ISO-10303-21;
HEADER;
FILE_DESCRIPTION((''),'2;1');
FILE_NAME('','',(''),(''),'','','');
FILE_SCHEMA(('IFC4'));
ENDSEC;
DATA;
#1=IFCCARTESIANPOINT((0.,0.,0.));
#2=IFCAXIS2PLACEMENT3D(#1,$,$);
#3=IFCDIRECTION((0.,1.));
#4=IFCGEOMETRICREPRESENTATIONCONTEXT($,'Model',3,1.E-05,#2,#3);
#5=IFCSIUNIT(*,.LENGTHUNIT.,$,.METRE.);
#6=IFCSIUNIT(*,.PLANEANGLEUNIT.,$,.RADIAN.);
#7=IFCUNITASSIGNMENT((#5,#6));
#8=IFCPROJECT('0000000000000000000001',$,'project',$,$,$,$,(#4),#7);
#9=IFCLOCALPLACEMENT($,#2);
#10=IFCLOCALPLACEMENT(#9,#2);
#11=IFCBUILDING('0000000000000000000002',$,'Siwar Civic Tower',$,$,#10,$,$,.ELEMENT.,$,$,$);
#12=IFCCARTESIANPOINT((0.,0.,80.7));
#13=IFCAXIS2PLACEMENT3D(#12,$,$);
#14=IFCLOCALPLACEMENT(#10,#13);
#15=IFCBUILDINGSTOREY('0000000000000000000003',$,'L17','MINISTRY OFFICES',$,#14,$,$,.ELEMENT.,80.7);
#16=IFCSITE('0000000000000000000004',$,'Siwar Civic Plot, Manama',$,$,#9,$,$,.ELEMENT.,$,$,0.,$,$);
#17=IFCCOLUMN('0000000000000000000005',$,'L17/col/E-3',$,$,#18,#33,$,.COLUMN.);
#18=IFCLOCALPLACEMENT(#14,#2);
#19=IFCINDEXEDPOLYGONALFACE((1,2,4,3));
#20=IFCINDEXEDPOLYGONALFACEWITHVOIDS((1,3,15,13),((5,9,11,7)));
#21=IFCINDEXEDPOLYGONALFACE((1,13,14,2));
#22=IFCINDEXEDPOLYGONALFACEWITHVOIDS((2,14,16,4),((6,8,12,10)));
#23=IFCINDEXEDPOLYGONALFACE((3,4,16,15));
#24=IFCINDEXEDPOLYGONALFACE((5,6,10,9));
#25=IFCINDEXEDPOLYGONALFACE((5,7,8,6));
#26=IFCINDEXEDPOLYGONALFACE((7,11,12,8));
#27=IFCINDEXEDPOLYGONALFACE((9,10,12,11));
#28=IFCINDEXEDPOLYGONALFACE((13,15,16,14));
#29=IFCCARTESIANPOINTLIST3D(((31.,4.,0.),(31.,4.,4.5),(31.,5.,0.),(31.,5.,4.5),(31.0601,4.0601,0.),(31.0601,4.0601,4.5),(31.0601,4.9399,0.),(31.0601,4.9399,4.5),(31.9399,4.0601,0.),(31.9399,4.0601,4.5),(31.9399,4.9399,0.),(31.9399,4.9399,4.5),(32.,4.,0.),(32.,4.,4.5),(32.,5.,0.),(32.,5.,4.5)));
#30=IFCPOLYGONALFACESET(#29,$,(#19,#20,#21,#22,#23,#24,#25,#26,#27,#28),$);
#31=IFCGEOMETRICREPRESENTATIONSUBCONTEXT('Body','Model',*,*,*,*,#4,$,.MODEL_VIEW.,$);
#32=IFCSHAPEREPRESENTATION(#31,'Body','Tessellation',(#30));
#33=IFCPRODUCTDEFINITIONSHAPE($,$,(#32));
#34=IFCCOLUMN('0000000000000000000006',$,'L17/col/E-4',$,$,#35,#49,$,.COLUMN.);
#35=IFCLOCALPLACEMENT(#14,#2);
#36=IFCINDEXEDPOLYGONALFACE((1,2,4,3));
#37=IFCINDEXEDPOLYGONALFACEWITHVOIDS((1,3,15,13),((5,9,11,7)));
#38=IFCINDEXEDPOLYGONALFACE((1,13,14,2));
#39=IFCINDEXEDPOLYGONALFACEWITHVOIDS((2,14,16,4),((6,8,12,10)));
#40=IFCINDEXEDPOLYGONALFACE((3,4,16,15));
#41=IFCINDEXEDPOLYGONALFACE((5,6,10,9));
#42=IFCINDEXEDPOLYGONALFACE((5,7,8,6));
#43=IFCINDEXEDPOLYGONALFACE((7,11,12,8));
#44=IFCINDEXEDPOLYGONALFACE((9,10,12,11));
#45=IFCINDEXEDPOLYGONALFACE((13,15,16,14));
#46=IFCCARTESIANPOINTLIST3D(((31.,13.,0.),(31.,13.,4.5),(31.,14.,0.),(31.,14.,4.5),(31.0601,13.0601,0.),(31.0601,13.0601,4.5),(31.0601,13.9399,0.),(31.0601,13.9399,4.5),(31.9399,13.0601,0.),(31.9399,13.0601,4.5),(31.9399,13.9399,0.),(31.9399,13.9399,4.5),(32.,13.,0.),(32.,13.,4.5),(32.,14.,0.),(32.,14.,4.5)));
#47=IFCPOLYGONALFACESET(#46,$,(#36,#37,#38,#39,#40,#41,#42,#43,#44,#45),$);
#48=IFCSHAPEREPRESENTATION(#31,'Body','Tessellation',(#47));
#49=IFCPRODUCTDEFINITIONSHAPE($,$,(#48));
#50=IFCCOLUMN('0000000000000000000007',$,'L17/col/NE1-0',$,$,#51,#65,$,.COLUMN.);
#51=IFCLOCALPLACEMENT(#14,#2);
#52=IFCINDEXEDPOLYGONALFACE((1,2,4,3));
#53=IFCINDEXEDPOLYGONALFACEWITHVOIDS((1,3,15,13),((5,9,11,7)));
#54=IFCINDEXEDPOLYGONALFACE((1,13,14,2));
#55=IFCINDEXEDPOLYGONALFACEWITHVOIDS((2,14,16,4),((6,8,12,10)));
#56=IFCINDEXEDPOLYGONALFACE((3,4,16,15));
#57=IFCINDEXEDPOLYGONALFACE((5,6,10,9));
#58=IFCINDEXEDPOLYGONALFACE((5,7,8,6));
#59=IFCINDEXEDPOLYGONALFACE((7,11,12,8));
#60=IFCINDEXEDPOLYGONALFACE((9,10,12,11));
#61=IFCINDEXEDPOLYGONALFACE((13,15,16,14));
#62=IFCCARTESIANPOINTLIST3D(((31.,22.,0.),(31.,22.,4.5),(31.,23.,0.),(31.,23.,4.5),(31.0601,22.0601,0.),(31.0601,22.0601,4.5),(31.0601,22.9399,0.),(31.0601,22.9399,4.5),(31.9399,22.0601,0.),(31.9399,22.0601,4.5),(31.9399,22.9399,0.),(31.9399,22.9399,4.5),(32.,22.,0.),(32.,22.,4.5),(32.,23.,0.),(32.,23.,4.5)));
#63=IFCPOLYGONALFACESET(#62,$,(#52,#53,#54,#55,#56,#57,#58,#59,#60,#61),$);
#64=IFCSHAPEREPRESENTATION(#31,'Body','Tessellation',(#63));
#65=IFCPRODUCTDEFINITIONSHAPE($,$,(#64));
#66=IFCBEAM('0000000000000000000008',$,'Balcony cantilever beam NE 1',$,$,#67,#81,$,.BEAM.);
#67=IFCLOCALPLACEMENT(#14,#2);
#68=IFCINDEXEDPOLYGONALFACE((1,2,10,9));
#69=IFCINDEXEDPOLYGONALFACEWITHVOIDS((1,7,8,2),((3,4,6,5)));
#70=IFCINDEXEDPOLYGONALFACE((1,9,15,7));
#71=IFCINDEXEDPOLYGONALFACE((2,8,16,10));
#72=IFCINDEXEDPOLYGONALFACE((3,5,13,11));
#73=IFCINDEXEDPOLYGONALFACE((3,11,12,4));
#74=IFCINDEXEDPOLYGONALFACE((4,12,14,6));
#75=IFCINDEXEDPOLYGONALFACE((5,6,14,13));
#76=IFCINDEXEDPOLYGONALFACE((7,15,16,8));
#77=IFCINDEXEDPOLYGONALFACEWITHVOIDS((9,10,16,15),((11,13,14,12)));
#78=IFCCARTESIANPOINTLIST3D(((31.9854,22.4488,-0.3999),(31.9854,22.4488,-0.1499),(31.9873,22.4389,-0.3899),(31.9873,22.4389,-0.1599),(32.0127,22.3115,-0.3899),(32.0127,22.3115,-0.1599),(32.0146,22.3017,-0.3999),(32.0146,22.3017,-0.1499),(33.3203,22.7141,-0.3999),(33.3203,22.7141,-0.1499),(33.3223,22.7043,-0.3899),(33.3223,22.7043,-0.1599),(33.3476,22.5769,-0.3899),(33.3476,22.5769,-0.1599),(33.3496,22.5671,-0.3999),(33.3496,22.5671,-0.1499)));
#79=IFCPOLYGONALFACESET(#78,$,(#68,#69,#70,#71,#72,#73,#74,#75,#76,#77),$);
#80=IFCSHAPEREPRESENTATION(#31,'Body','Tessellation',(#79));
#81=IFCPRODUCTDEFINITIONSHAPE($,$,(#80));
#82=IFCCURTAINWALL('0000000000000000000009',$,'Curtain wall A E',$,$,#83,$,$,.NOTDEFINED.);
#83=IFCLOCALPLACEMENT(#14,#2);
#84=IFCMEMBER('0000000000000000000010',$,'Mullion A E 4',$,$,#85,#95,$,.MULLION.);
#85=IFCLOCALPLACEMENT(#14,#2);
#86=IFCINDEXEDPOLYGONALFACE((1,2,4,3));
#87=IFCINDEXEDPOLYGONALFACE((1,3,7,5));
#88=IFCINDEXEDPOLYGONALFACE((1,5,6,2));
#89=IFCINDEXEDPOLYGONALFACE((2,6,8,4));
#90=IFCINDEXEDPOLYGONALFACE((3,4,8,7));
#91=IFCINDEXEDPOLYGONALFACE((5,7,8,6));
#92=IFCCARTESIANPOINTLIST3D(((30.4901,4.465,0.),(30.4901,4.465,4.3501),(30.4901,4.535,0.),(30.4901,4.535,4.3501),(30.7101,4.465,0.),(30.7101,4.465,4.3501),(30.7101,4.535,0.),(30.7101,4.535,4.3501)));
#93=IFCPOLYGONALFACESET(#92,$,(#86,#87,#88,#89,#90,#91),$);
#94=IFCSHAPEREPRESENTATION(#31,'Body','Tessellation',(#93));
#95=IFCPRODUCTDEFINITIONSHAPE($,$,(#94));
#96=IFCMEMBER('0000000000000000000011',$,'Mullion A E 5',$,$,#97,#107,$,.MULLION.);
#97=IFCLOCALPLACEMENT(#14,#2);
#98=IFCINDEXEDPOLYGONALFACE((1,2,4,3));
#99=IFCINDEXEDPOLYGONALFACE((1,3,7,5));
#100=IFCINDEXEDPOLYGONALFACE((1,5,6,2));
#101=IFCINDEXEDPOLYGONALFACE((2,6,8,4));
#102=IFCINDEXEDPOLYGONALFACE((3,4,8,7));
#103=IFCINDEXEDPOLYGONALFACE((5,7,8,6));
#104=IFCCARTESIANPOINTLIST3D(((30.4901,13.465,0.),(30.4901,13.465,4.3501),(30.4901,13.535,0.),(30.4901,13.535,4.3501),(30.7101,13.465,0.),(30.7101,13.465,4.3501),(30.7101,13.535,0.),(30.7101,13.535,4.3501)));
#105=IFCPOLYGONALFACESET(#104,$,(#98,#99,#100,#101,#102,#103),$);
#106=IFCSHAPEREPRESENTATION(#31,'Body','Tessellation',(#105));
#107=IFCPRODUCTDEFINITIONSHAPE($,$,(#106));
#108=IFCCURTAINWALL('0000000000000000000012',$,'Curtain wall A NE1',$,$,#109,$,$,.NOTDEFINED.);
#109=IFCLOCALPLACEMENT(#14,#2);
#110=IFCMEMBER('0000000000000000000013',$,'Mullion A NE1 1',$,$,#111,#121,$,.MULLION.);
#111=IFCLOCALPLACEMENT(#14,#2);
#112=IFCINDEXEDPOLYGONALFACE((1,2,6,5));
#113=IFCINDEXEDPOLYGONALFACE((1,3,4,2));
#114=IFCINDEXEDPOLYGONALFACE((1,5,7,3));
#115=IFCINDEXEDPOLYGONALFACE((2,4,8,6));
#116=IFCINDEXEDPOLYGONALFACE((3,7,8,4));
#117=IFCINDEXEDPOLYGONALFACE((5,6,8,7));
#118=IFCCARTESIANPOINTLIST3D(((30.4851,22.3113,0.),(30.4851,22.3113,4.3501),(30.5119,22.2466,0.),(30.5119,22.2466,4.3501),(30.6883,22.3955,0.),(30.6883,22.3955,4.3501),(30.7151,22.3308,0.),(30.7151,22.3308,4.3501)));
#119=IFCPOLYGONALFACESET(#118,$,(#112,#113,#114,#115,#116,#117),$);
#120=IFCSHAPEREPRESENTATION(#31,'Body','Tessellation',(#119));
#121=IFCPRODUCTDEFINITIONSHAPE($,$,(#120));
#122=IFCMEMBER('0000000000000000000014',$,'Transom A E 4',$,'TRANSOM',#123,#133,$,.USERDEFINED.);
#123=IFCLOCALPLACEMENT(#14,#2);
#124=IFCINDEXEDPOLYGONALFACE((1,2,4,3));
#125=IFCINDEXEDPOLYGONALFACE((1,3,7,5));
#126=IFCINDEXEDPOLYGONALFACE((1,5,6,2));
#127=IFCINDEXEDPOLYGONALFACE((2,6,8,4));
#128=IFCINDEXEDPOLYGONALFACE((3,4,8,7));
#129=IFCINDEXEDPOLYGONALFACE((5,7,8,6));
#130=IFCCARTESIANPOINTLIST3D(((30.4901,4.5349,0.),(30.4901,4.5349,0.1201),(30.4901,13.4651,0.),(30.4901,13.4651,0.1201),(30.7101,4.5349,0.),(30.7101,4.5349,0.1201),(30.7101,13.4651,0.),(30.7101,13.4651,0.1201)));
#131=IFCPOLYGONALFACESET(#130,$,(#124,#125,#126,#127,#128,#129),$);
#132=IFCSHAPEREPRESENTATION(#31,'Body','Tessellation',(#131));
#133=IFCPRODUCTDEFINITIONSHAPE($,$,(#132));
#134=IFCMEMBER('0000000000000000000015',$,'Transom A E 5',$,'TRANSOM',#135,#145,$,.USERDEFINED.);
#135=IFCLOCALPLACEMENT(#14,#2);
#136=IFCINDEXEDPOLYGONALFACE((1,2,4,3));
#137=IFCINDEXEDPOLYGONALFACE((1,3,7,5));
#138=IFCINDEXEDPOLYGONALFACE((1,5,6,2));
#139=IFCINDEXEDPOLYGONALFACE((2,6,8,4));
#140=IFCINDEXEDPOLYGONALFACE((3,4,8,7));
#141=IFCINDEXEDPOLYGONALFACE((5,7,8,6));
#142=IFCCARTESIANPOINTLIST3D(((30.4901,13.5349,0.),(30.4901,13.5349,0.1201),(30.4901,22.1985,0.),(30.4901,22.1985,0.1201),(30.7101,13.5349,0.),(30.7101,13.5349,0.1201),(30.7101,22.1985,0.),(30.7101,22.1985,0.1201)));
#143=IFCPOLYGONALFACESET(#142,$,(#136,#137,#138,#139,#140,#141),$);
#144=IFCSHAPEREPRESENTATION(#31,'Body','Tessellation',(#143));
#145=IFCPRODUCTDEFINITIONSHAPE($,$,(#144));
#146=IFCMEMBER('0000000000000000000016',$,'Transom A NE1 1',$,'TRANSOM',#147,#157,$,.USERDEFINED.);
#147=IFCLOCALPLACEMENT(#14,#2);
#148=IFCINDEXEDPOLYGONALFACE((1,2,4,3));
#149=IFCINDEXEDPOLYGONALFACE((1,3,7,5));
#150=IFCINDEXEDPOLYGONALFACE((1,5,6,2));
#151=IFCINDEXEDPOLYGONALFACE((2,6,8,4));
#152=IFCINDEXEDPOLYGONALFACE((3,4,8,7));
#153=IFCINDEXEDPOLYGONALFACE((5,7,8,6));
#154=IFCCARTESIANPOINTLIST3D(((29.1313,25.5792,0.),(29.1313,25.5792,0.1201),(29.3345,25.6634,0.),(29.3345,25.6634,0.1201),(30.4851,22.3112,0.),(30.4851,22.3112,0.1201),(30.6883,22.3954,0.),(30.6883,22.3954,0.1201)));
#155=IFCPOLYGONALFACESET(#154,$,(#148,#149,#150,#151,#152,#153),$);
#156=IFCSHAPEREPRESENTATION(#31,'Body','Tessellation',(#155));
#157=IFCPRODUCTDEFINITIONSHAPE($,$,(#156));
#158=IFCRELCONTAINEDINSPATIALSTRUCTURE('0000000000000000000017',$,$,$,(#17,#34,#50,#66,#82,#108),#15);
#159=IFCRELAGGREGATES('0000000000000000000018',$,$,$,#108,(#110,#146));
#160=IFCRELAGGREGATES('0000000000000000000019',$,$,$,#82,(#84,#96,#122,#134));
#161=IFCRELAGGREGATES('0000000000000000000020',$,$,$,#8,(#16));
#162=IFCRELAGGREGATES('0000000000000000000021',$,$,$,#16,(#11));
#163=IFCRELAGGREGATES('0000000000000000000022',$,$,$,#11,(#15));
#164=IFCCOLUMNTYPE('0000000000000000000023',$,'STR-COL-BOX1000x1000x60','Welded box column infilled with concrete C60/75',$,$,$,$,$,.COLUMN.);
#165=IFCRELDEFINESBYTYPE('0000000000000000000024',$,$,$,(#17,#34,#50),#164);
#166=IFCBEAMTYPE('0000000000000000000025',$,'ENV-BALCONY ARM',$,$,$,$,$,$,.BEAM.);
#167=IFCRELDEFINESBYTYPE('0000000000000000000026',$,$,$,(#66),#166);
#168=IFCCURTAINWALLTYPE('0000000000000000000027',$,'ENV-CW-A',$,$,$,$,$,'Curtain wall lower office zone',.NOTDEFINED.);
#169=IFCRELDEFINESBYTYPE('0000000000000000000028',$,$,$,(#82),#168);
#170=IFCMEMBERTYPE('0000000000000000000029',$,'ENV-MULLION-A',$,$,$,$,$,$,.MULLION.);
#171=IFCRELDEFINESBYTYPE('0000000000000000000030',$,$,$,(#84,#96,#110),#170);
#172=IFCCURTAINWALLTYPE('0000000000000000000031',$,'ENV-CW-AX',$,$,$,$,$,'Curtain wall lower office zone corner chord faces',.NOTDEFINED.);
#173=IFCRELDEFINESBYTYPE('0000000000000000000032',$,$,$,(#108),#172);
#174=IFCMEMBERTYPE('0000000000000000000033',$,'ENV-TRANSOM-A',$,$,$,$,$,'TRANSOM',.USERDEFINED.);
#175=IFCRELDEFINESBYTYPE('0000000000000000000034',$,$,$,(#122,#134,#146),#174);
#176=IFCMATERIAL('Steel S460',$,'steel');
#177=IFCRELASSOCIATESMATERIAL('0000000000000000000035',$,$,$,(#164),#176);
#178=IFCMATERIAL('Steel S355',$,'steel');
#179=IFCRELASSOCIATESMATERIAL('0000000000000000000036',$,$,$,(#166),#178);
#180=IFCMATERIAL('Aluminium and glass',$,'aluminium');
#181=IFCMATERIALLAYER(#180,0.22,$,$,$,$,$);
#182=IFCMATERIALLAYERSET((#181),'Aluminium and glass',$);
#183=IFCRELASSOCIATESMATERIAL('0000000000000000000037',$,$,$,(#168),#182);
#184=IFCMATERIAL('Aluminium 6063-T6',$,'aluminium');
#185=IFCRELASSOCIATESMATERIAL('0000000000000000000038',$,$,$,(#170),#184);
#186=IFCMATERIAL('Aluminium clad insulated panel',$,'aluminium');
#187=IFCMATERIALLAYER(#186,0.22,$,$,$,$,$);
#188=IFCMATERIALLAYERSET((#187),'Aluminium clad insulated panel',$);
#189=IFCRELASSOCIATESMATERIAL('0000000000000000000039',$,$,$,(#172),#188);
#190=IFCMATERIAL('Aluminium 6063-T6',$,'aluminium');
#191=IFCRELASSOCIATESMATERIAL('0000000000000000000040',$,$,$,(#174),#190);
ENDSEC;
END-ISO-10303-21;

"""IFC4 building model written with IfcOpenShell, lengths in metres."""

from ifc_helpers import new_model, si_unit, direction, frame, origin, origin_2d, place, context, subcontext, project, spatial, rectangle, hollow_rectangle, extrude, material, layer, layer_set, material_profile, profile_set, type_object, element, aggregate, save


model = new_model("IFC4")

# Units and contexts
model_context = context("Model", 3, precision=1e-05, world=origin(), true_north=direction((0.0, 1.0)))
body_context = subcontext(model_context, "Body", "Model", "MODEL_VIEW")
ifc_project = project(units=[si_unit("LENGTHUNIT", "METRE"), si_unit("PLANEANGLEUNIT", "RADIAN")], contexts=[model_context])

# Site, building, storey
site_placement = place(None, origin())
site = spatial("IfcSite", under=ifc_project, at=site_placement, Name="Siwar Civic Plot, Manama", CompositionType="ELEMENT", RefElevation=0.0)
building_placement = place(site_placement, origin())
building = spatial("IfcBuilding", under=site, at=building_placement, Name="Siwar Civic Tower", CompositionType="ELEMENT")
storey_placement = place(building_placement, frame((0.0, 0.0, 80.7)))
storey = spatial("IfcBuildingStorey", under=building, at=storey_placement, Name="L17", Description="MINISTRY OFFICES", CompositionType="ELEMENT", Elevation=80.7)

# Columns
ifc_material_1 = material(Name="Steel S460", Category="steel")
ifc_material_profile_1 = material_profile(ifc_material_1, hollow_rectangle(XDim=1.0, YDim=1.0, WallThickness=0.0601, at=origin_2d()), Name="BOX1000x1000x60")
ifc_profile_set_1 = profile_set([ifc_material_profile_1], Name="Steel S460")
column_type = type_object("IfcColumnType", Name="STR-COL-BOX1000x1000x60", Description="Welded box column infilled with concrete C60/75", PredefinedType="COLUMN", material=ifc_profile_set_1)
for number, where, z_axis, x_axis, name in (
    (1, (31.5, 4.5, 0.0), (0.0, 0.0, 1.0), (1.0, 0.0, 0.0), "L17/col/E-3"),
    (2, (31.5, 13.5, 0.0), (0.0, 0.0, 1.0), (1.0, 0.0, 0.0), "L17/col/E-4"),
    (3, (31.5, 22.5, 0.0), (0.0, 0.0, 1.0), (1.0, 0.0, 0.0), "L17/col/NE1-0"),
):
    element("IfcColumn", number, at=place(storey_placement, frame(where, z_axis=z_axis, x_axis=x_axis)), inside=storey, type_object=column_type, Name=name, PredefinedType="COLUMN", context=body_context, shape_type="SweptSolid", body=[
        extrude(hollow_rectangle(XDim=1.0, YDim=1.0, WallThickness=0.0601, at=origin_2d()), origin(), (0.0, 0.0, 1.0), 4.5),
    ])

# Beam
ifc_material_2 = material(Name="Steel S355", Category="steel")
ifc_material_profile_2 = material_profile(ifc_material_2, hollow_rectangle(XDim=0.1499, YDim=0.25, WallThickness=0.01, at=origin_2d()), Name="RHS250x150x10")
ifc_profile_set_2 = profile_set([ifc_material_profile_2], Name="Steel S355")
beam_type_1 = type_object("IfcBeamType", Name="ENV-BALCONY ARM", PredefinedType="BEAM", material=ifc_profile_set_2)
beam_1_placement = place(storey_placement, frame((32.0, 22.3752, -0.2749), z_axis=(0.980808, 0.194978, 0.0), x_axis=(-0.194978, 0.980808, 0.0)))
element("IfcBeam", 4, at=beam_1_placement, inside=storey, type_object=beam_type_1, Name="Balcony cantilever beam NE 1", PredefinedType="BEAM", context=body_context, shape_type="SweptSolid", body=[
    extrude(hollow_rectangle(XDim=0.1499, YDim=0.25, WallThickness=0.01, at=origin_2d()), origin(), (0.0, 0.0, 1.0), 1.3611),
])

# Curtain wall, members
ifc_material_3 = material(Name="Aluminium and glass", Category="aluminium")
ifc_layer_1 = layer(ifc_material_3, 0.22)
ifc_layer_set_1 = layer_set([ifc_layer_1], Name="Aluminium and glass")
curtain_wall_type_1 = type_object("IfcCurtainWallType", Name="ENV-CW-A", ElementType="Curtain wall lower office zone", PredefinedType="NOTDEFINED", material=ifc_layer_set_1)
curtain_wall_1_placement = place(storey_placement, origin())
curtain_wall_1 = element("IfcCurtainWall", 5, at=curtain_wall_1_placement, inside=storey, type_object=curtain_wall_type_1, Name="Curtain wall A E", PredefinedType="NOTDEFINED")
ifc_material_4 = material(Name="Aluminium 6063-T6", Category="aluminium")
ifc_material_profile_3 = material_profile(ifc_material_4, rectangle(XDim=0.22, YDim=0.0701, at=origin_2d()), Name="AL 220x70")
ifc_profile_set_3 = profile_set([ifc_material_profile_3], Name="Aluminium 6063-T6")
member_type_1 = type_object("IfcMemberType", Name="ENV-MULLION-A", PredefinedType="MULLION", material=ifc_profile_set_3)
member_1_placement = place(storey_placement, frame((30.6001, 4.5, 0.0), z_axis=(0.0, 0.0, 1.0), x_axis=(-1.0, 0.0, 0.0)))
member_1 = element("IfcMember", 6, at=member_1_placement, type_object=member_type_1, Name="Mullion A E 4", PredefinedType="MULLION", context=body_context, shape_type="SweptSolid", body=[
    extrude(rectangle(XDim=0.22, YDim=0.0701, at=origin_2d()), origin(), (0.0, 0.0, 1.0), 4.3501),
])
member_2_placement = place(storey_placement, frame((30.6001, 13.5, 0.0), z_axis=(0.0, 0.0, 1.0), x_axis=(-1.0, 0.0, 0.0)))
member_2 = element("IfcMember", 7, at=member_2_placement, type_object=member_type_1, Name="Mullion A E 5", PredefinedType="MULLION", context=body_context, shape_type="SweptSolid", body=[
    extrude(rectangle(XDim=0.22, YDim=0.0701, at=origin_2d()), origin(), (0.0, 0.0, 1.0), 4.3501),
])

# Curtain wall, member
ifc_material_5 = material(Name="Aluminium clad insulated panel", Category="aluminium")
ifc_layer_2 = layer(ifc_material_5, 0.22)
ifc_layer_set_2 = layer_set([ifc_layer_2], Name="Aluminium clad insulated panel")
curtain_wall_type_2 = type_object("IfcCurtainWallType", Name="ENV-CW-AX", ElementType="Curtain wall lower office zone corner chord faces", PredefinedType="NOTDEFINED", material=ifc_layer_set_2)
curtain_wall_2_placement = place(storey_placement, origin())
curtain_wall_2 = element("IfcCurtainWall", 8, at=curtain_wall_2_placement, inside=storey, type_object=curtain_wall_type_2, Name="Curtain wall A NE1", PredefinedType="NOTDEFINED")
member_3_placement = place(storey_placement, frame((30.6001, 22.321, 0.0), z_axis=(0.0, 0.0, 1.0), x_axis=(-0.92388, -0.382683, 0.0)))
member_3 = element("IfcMember", 9, at=member_3_placement, type_object=member_type_1, Name="Mullion A NE1 1", PredefinedType="MULLION", context=body_context, shape_type="SweptSolid", body=[
    extrude(rectangle(XDim=0.22, YDim=0.0701, at=origin_2d()), origin(), (0.0, 0.0, 1.0), 4.3501),
])

# Members
ifc_material_6 = material(Name="Aluminium 6063-T6", Category="aluminium")
ifc_material_profile_4 = material_profile(ifc_material_6, rectangle(XDim=0.22, YDim=0.1201, at=origin_2d()), Name="AL 220x120")
ifc_profile_set_4 = profile_set([ifc_material_profile_4], Name="Aluminium 6063-T6")
member_type_2 = type_object("IfcMemberType", Name="ENV-TRANSOM-A", ElementType="TRANSOM", PredefinedType="USERDEFINED", material=ifc_profile_set_4)
member_4_placement = place(storey_placement, frame((30.6001, 4.5349, 0.0601), z_axis=(0.0, 1.0, 0.0), x_axis=(-1.0, 0.0, 0.0)))
member_4 = element("IfcMember", 10, at=member_4_placement, type_object=member_type_2, Name="Transom A E 4", ObjectType="TRANSOM", PredefinedType="USERDEFINED", context=body_context, shape_type="SweptSolid", body=[
    extrude(rectangle(XDim=0.22, YDim=0.1201, at=origin_2d()), origin(), (0.0, 0.0, 1.0), 8.9302),
])
member_5_placement = place(storey_placement, frame((30.6001, 13.5349, 0.0601), z_axis=(0.0, 1.0, 0.0), x_axis=(-1.0, 0.0, 0.0)))
member_5 = element("IfcMember", 11, at=member_5_placement, type_object=member_type_2, Name="Transom A E 5", ObjectType="TRANSOM", PredefinedType="USERDEFINED", context=body_context, shape_type="SweptSolid", body=[
    extrude(rectangle(XDim=0.22, YDim=0.1201, at=origin_2d()), origin(), (0.0, 0.0, 1.0), 8.6636),
])
member_6_placement = place(storey_placement, frame((30.5867, 22.3533, 0.0601), z_axis=(-0.382703, 0.923871, 0.0), x_axis=(-0.923871, -0.382703, 0.0)))
member_6 = element("IfcMember", 12, at=member_6_placement, type_object=member_type_2, Name="Transom A NE1 1", ObjectType="TRANSOM", PredefinedType="USERDEFINED", context=body_context, shape_type="SweptSolid", body=[
    extrude(rectangle(XDim=0.22, YDim=0.1201, at=origin_2d()), origin(), (0.0, 0.0, 1.0), 3.5374),
])
aggregate(curtain_wall_2, [member_3, member_6])

aggregate(curtain_wall_1, [member_1, member_2, member_4, member_5])

save(model, "model.ifc")
